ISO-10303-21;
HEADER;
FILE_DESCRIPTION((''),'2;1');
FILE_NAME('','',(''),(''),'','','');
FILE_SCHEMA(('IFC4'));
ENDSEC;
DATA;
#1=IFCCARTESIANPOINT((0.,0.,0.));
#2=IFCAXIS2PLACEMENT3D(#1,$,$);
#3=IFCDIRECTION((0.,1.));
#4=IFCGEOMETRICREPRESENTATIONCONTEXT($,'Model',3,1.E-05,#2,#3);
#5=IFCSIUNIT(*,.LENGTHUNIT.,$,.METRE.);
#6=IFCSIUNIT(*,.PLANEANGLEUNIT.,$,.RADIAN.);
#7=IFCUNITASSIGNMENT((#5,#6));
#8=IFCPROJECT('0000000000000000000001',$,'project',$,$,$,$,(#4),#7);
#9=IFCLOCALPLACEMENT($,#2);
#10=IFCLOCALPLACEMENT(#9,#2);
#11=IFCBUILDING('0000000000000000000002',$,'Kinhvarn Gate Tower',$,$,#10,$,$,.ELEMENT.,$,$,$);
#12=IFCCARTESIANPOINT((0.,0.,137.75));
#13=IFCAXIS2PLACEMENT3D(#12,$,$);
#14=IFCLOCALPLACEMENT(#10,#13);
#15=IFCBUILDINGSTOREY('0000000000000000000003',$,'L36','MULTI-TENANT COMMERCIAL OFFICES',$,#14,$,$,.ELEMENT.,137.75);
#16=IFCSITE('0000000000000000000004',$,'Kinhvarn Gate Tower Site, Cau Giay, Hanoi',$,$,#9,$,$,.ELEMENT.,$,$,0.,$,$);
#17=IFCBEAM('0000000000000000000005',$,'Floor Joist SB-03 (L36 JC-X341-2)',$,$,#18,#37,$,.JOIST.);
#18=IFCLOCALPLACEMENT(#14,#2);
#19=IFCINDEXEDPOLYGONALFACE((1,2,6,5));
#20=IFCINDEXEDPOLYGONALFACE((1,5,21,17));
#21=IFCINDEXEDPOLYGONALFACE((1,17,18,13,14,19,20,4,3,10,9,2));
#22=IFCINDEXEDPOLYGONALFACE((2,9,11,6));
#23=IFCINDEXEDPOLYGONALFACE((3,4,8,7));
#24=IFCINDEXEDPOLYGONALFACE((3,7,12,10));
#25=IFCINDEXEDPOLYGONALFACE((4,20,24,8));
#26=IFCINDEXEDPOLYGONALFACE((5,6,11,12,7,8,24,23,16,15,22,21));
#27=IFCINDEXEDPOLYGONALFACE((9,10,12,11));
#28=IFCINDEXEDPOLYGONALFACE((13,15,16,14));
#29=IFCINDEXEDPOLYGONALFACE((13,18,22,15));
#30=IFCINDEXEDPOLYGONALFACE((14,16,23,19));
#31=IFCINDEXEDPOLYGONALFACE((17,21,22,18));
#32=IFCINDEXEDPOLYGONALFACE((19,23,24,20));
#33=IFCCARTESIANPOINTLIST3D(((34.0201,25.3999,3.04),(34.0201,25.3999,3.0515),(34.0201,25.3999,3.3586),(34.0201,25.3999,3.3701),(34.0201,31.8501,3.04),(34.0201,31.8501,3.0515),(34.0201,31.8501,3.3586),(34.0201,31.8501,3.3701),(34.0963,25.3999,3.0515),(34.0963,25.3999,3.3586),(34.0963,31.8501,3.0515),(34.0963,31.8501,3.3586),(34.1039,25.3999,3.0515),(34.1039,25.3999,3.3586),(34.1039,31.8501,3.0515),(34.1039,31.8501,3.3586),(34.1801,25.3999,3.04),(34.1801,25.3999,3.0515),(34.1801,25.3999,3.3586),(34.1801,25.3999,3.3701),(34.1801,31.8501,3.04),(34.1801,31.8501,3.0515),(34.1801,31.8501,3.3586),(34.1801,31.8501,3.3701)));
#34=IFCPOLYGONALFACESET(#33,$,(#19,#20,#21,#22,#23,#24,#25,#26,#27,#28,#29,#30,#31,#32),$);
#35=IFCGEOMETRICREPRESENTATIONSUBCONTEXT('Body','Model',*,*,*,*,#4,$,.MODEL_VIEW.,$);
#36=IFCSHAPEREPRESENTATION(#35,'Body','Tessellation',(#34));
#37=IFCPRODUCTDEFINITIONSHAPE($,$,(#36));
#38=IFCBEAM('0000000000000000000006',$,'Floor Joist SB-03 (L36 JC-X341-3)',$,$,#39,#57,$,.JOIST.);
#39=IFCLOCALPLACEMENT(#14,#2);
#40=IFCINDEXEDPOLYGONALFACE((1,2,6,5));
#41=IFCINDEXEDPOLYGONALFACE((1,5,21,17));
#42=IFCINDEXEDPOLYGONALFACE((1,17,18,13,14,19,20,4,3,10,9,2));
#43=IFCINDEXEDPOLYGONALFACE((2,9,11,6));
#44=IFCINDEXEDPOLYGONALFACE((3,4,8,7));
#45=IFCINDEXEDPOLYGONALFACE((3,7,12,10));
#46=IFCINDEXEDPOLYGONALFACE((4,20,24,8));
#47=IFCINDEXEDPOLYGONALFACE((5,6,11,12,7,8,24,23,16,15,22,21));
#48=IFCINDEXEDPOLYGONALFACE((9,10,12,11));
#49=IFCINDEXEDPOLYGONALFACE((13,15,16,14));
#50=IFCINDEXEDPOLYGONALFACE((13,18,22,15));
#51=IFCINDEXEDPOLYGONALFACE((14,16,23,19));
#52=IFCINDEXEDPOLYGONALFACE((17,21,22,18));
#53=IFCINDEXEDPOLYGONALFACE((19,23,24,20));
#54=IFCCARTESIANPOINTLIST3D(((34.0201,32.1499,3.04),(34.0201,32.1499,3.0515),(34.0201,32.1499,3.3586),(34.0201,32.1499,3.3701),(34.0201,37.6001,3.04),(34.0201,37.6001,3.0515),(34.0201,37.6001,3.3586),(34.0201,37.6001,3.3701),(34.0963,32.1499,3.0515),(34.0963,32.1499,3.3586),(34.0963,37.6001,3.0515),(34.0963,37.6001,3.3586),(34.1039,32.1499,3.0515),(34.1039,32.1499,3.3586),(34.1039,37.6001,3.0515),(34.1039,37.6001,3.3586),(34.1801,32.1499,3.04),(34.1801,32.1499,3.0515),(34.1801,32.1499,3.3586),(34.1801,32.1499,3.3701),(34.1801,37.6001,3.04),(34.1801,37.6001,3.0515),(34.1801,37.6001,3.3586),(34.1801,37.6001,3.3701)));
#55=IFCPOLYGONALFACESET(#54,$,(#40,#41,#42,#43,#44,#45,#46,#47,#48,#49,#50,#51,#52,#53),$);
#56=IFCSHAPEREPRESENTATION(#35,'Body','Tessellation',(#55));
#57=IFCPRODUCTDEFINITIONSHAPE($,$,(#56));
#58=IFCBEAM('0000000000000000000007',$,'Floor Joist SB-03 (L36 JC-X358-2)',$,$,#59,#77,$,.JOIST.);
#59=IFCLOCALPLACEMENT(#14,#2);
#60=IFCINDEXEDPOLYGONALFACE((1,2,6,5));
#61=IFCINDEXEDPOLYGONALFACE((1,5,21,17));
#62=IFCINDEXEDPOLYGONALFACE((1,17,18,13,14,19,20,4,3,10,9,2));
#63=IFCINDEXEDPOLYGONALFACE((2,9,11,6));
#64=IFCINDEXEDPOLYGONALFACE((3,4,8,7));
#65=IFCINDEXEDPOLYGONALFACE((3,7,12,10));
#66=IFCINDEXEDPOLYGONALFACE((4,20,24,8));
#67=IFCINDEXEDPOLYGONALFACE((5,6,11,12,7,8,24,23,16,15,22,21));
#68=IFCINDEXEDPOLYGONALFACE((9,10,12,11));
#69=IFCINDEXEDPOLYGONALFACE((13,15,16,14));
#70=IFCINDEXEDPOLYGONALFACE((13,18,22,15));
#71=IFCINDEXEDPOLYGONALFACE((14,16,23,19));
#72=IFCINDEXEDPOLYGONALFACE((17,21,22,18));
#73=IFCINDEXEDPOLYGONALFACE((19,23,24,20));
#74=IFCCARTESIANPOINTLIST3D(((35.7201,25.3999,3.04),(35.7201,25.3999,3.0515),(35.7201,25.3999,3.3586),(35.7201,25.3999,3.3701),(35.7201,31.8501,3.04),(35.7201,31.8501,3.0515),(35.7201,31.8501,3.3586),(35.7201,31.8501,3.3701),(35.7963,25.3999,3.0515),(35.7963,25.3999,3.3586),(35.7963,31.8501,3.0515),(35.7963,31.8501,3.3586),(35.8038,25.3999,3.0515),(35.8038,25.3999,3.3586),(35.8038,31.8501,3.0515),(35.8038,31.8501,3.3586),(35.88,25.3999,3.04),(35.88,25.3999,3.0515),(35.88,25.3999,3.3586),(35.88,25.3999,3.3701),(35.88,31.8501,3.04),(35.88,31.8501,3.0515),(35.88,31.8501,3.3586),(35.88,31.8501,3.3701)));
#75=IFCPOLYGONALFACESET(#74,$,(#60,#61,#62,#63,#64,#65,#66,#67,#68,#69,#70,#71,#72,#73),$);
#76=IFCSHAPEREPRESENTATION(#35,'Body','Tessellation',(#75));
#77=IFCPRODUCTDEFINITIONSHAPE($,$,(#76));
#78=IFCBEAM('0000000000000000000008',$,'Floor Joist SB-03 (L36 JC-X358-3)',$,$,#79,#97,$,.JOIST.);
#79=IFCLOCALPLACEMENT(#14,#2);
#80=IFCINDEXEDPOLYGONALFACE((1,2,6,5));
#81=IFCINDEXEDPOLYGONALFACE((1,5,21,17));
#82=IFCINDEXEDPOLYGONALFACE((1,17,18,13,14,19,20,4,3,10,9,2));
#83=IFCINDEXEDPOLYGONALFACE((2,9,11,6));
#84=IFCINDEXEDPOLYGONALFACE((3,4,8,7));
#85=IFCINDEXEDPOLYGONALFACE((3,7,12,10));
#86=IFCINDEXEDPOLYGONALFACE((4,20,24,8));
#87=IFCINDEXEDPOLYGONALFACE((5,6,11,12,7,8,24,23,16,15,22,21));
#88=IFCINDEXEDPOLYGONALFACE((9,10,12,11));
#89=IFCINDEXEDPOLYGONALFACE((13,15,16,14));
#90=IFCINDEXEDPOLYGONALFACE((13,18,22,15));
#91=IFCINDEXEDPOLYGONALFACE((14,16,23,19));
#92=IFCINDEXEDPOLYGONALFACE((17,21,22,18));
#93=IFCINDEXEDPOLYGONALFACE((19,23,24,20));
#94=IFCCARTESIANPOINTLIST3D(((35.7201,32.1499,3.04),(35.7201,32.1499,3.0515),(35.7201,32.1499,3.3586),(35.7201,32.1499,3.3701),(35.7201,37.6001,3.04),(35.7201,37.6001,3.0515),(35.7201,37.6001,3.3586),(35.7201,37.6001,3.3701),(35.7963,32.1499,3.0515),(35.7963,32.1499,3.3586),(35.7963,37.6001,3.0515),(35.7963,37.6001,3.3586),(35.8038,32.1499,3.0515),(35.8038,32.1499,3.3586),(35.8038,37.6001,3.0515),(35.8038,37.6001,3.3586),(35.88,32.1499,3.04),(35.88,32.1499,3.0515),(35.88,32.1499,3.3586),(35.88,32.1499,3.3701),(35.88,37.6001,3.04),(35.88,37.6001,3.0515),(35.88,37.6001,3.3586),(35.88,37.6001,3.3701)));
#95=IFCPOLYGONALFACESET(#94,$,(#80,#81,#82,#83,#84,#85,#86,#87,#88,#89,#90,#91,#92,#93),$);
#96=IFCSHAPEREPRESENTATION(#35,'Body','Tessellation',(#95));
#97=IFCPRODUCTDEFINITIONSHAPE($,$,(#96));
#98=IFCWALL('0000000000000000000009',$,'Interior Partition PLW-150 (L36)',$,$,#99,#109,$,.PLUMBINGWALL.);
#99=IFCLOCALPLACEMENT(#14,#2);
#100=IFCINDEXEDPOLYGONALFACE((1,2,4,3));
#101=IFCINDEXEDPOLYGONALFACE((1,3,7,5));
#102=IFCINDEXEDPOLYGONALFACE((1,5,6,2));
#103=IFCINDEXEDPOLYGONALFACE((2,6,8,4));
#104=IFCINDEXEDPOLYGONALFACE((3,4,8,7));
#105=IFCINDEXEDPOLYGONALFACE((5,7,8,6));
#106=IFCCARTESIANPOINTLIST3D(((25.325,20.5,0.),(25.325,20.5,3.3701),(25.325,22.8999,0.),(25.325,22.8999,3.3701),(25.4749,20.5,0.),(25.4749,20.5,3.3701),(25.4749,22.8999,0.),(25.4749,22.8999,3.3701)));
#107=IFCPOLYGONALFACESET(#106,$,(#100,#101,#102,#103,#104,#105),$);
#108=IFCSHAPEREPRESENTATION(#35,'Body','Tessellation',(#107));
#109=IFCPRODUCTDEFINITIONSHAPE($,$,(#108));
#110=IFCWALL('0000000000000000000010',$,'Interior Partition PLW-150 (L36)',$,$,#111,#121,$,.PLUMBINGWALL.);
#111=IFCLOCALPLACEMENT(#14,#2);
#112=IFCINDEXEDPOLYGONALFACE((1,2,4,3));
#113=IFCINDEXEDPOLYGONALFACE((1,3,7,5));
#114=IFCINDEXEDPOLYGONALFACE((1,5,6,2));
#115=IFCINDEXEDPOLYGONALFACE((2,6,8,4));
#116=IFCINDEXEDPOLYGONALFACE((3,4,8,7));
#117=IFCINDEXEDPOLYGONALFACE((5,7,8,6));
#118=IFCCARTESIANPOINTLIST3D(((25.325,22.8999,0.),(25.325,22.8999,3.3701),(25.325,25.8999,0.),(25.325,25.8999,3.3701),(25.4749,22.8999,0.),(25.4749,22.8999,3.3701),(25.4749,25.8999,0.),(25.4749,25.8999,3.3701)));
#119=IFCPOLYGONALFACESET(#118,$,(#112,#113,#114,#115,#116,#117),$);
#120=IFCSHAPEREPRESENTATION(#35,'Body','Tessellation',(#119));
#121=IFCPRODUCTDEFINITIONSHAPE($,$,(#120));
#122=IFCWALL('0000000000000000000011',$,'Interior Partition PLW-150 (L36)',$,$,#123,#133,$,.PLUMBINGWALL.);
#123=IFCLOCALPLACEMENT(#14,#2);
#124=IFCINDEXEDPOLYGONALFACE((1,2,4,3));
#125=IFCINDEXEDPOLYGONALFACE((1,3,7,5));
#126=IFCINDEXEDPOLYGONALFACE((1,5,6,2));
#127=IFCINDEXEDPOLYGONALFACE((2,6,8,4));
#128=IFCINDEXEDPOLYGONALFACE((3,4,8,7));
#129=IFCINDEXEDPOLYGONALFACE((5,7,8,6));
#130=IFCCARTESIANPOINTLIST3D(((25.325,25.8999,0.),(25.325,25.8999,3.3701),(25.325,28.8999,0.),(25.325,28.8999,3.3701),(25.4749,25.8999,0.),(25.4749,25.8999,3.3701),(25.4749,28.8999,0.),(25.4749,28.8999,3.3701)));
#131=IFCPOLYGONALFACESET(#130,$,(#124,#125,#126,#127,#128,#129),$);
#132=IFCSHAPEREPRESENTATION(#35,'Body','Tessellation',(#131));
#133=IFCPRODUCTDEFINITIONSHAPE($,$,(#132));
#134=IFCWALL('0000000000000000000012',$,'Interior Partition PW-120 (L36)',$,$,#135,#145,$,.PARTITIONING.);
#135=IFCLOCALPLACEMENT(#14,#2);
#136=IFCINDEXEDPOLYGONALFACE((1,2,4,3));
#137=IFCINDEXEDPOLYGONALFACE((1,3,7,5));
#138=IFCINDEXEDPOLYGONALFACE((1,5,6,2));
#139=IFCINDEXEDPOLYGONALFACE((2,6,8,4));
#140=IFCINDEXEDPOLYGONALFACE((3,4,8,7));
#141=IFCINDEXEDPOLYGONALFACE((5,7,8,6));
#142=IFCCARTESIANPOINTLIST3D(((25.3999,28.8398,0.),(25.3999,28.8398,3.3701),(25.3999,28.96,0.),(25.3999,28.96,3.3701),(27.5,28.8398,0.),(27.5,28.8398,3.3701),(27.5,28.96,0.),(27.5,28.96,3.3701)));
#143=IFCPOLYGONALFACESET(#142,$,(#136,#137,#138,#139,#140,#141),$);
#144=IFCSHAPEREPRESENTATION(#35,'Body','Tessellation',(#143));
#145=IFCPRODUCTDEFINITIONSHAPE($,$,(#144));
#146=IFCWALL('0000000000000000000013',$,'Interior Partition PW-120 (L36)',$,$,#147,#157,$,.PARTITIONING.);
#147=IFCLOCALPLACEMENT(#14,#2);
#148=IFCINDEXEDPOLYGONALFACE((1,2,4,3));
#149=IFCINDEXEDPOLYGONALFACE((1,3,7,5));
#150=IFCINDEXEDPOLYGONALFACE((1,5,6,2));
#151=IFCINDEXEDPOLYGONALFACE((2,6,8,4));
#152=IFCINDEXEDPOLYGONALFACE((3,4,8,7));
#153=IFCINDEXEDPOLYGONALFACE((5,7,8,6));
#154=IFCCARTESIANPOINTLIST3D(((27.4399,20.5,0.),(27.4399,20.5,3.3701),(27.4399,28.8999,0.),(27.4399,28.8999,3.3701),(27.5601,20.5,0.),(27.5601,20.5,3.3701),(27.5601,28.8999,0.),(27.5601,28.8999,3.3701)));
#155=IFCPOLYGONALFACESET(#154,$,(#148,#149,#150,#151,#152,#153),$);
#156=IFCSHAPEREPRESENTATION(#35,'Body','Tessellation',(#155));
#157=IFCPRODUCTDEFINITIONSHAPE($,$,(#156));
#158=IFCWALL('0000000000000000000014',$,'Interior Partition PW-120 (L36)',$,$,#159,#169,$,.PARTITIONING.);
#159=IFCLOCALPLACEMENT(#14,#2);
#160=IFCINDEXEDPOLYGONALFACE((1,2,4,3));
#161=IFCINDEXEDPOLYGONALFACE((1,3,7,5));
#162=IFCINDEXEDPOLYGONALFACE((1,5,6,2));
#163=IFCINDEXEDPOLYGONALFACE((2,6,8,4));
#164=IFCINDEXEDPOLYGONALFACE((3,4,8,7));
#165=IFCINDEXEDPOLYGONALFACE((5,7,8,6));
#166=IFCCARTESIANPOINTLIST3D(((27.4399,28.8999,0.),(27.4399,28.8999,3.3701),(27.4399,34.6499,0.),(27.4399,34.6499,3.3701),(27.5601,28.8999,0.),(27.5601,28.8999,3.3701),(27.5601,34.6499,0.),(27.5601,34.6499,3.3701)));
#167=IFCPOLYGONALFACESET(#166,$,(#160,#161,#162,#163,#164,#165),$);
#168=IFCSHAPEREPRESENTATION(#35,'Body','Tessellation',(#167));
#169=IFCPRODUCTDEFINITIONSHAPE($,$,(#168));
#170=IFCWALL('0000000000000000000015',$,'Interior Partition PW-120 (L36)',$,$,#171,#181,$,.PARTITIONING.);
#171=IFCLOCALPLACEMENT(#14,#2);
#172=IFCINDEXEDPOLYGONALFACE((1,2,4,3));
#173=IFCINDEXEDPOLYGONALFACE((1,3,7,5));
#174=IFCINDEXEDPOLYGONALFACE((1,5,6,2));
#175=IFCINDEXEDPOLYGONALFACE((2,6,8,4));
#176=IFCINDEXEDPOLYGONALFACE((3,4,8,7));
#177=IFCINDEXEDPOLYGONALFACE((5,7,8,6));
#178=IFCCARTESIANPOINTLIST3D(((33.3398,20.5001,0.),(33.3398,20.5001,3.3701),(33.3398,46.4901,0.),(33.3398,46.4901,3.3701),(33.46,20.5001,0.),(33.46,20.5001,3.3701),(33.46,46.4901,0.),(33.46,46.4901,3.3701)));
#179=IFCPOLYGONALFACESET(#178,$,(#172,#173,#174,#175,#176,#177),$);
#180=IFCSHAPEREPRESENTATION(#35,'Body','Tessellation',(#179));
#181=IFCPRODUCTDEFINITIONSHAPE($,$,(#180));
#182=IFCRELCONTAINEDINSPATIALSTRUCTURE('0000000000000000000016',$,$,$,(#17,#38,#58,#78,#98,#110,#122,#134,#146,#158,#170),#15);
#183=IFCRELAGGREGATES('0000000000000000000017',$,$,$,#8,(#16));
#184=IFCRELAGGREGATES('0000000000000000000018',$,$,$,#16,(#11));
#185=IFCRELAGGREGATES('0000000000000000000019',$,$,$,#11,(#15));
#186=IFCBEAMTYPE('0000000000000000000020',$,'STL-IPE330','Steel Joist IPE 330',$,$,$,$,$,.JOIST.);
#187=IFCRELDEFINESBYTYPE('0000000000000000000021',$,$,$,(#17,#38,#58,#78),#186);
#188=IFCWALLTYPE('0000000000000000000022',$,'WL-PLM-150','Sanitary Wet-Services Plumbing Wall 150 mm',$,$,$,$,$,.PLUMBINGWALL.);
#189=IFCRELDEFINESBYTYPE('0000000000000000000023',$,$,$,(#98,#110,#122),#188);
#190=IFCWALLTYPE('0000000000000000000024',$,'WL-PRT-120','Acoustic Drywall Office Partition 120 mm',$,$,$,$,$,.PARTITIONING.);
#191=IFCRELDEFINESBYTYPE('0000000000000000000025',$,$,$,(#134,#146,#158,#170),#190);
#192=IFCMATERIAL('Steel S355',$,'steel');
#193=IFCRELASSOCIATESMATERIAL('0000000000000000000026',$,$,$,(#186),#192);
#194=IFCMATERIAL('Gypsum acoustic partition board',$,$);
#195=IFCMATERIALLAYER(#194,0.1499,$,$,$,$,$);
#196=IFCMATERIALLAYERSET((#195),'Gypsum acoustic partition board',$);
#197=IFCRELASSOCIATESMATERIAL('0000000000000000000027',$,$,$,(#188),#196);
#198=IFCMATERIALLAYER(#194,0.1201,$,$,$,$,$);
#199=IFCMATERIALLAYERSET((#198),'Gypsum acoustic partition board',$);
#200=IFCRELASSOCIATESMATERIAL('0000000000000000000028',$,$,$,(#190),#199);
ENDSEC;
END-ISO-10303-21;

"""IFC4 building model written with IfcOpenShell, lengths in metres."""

from ifc_helpers import new_model, si_unit, direction, frame, frame_2d, origin, origin_2d, place, context, subcontext, project, spatial, rectangle, i_section, extrude, material, layer, layer_set, material_profile, profile_set, type_object, element, save


model = new_model("IFC4")

# Units and contexts
model_context = context("Model", 3, precision=1e-05, world=origin(), true_north=direction((0.0, 1.0)))
body_context = subcontext(model_context, "Body", "Model", "MODEL_VIEW")
ifc_project = project(units=[si_unit("LENGTHUNIT", "METRE"), si_unit("PLANEANGLEUNIT", "RADIAN")], contexts=[model_context])

# Site, building, storey
site_placement = place(None, origin())
site = spatial("IfcSite", under=ifc_project, at=site_placement, Name="Kinhvarn Gate Tower Site, Cau Giay, Hanoi", CompositionType="ELEMENT", RefElevation=0.0)
building_placement = place(site_placement, origin())
building = spatial("IfcBuilding", under=site, at=building_placement, Name="Kinhvarn Gate Tower", CompositionType="ELEMENT")
storey_placement = place(building_placement, frame((0.0, 0.0, 137.75)))
storey = spatial("IfcBuildingStorey", under=building, at=storey_placement, Name="L36", Description="MULTI-TENANT COMMERCIAL OFFICES", CompositionType="ELEMENT", Elevation=137.75)

# Beams
ifc_material_1 = material(Name="Steel S355", Category="steel")
ifc_material_profile = material_profile(ifc_material_1, i_section(OverallWidth=0.1599, OverallDepth=0.3301, WebThickness=0.0076, FlangeThickness=0.0115, at=origin_2d()), Name="IPE 330")
ifc_profile_set = profile_set([ifc_material_profile], Name="Steel S355")
beam_type = type_object("IfcBeamType", Name="STL-IPE330", Description="Steel Joist IPE 330", PredefinedType="JOIST", material=ifc_profile_set)
beam_1_placement = place(storey_placement, frame((34.1001, 25.3999, 3.2051), z_axis=(0.0, 1.0, 0.0), x_axis=(-1.0, 0.0, 0.0)))
element("IfcBeam", 1, at=beam_1_placement, inside=storey, type_object=beam_type, Name="Floor Joist SB-03 (L36 JC-X341-2)", PredefinedType="JOIST", context=body_context, shape_type="SweptSolid", body=[
    extrude(i_section(OverallWidth=0.1599, OverallDepth=0.3301, WebThickness=0.0076, FlangeThickness=0.0115, at=origin_2d()), origin(), (0.0, 0.0, 1.0), 6.4502),
])
beam_2_placement = place(storey_placement, frame((34.1001, 32.1499, 3.2051), z_axis=(0.0, 1.0, 0.0), x_axis=(-1.0, 0.0, 0.0)))
element("IfcBeam", 2, at=beam_2_placement, inside=storey, type_object=beam_type, Name="Floor Joist SB-03 (L36 JC-X341-3)", PredefinedType="JOIST", context=body_context, shape_type="SweptSolid", body=[
    extrude(i_section(OverallWidth=0.1599, OverallDepth=0.3301, WebThickness=0.0076, FlangeThickness=0.0115, at=origin_2d()), origin(), (0.0, 0.0, 1.0), 5.4502),
])
beam_3_placement = place(storey_placement, frame((35.8, 25.3999, 3.2051), z_axis=(0.0, 1.0, 0.0), x_axis=(-1.0, 0.0, 0.0)))
element("IfcBeam", 3, at=beam_3_placement, inside=storey, type_object=beam_type, Name="Floor Joist SB-03 (L36 JC-X358-2)", PredefinedType="JOIST", context=body_context, shape_type="SweptSolid", body=[
    extrude(i_section(OverallWidth=0.1599, OverallDepth=0.3301, WebThickness=0.0076, FlangeThickness=0.0115, at=origin_2d()), origin(), (0.0, 0.0, 1.0), 6.4502),
])
beam_4_placement = place(storey_placement, frame((35.8, 32.1499, 3.2051), z_axis=(0.0, 1.0, 0.0), x_axis=(-1.0, 0.0, 0.0)))
element("IfcBeam", 4, at=beam_4_placement, inside=storey, type_object=beam_type, Name="Floor Joist SB-03 (L36 JC-X358-3)", PredefinedType="JOIST", context=body_context, shape_type="SweptSolid", body=[
    extrude(i_section(OverallWidth=0.1599, OverallDepth=0.3301, WebThickness=0.0076, FlangeThickness=0.0115, at=origin_2d()), origin(), (0.0, 0.0, 1.0), 5.4502),
])

# Walls
ifc_material_2 = material(Name="Gypsum acoustic partition board")
ifc_layer_1 = layer(ifc_material_2, 0.1499)
ifc_layer_set_1 = layer_set([ifc_layer_1], Name="Gypsum acoustic partition board")
wall_type_1 = type_object("IfcWallType", Name="WL-PLM-150", Description="Sanitary Wet-Services Plumbing Wall 150 mm", PredefinedType="PLUMBINGWALL", material=ifc_layer_set_1)
wall_1_placement = place(storey_placement, frame((25.3999, 20.5, 0.0), z_axis=(0.0, 0.0, 1.0), x_axis=(0.0, 1.0, 0.0)))
element("IfcWall", 5, at=wall_1_placement, inside=storey, type_object=wall_type_1, Name="Interior Partition PLW-150 (L36)", PredefinedType="PLUMBINGWALL", context=body_context, shape_type="SweptSolid", body=[
    extrude(rectangle(XDim=2.3999, YDim=0.1499, at=frame_2d((1.2, 0.0))), origin(), (0.0, 0.0, 1.0), 3.3701),
])
for number, where, z_axis, x_axis, name in (
    (6, (25.3999, 22.8999, 0.0), (0.0, 0.0, 1.0), (0.0, 1.0, 0.0), "Interior Partition PLW-150 (L36)"),
    (7, (25.3999, 25.8999, 0.0), (0.0, 0.0, 1.0), (0.0, 1.0, 0.0), "Interior Partition PLW-150 (L36)"),
):
    element("IfcWall", number, at=place(storey_placement, frame(where, z_axis=z_axis, x_axis=x_axis)), inside=storey, type_object=wall_type_1, Name=name, PredefinedType="PLUMBINGWALL", context=body_context, shape_type="SweptSolid", body=[
        extrude(rectangle(XDim=3.0, YDim=0.1499, at=frame_2d((1.5, 0.0))), origin(), (0.0, 0.0, 1.0), 3.3701),
    ])
ifc_layer_2 = layer(ifc_material_2, 0.1201)
ifc_layer_set_2 = layer_set([ifc_layer_2], Name="Gypsum acoustic partition board")
wall_type_2 = type_object("IfcWallType", Name="WL-PRT-120", Description="Acoustic Drywall Office Partition 120 mm", PredefinedType="PARTITIONING", material=ifc_layer_set_2)
wall_2_placement = place(storey_placement, frame((25.3999, 28.8999, 0.0), z_axis=(0.0, 0.0, 1.0), x_axis=(1.0, 0.0, 0.0)))
element("IfcWall", 8, at=wall_2_placement, inside=storey, type_object=wall_type_2, Name="Interior Partition PW-120 (L36)", PredefinedType="PARTITIONING", context=body_context, shape_type="SweptSolid", body=[
    extrude(rectangle(XDim=2.1001, YDim=0.1201, at=frame_2d((1.05, 0.0))), origin(), (0.0, 0.0, 1.0), 3.3701),
])
wall_3_placement = place(storey_placement, frame((27.5, 20.5, 0.0), z_axis=(0.0, 0.0, 1.0), x_axis=(0.0, 1.0, 0.0)))
element("IfcWall", 9, at=wall_3_placement, inside=storey, type_object=wall_type_2, Name="Interior Partition PW-120 (L36)", PredefinedType="PARTITIONING", context=body_context, shape_type="SweptSolid", body=[
    extrude(rectangle(XDim=8.3999, YDim=0.1201, at=frame_2d((4.2, 0.0))), origin(), (0.0, 0.0, 1.0), 3.3701),
])
wall_4_placement = place(storey_placement, frame((27.5, 28.8999, 0.0), z_axis=(0.0, 0.0, 1.0), x_axis=(0.0, 1.0, 0.0)))
element("IfcWall", 10, at=wall_4_placement, inside=storey, type_object=wall_type_2, Name="Interior Partition PW-120 (L36)", PredefinedType="PARTITIONING", context=body_context, shape_type="SweptSolid", body=[
    extrude(rectangle(XDim=5.75, YDim=0.1201, at=frame_2d((2.875, 0.0))), origin(), (0.0, 0.0, 1.0), 3.3701),
])
wall_5_placement = place(storey_placement, frame((33.3999, 20.5, 0.0), z_axis=(0.0, 0.0, 1.0), x_axis=(0.0, 1.0, 0.0)))
element("IfcWall", 11, at=wall_5_placement, inside=storey, type_object=wall_type_2, Name="Interior Partition PW-120 (L36)", PredefinedType="PARTITIONING", context=body_context, shape_type="SweptSolid", body=[
    extrude(rectangle(XDim=25.99, YDim=0.1201, at=frame_2d((12.9951, 0.0))), origin(), (0.0, 0.0, 1.0), 3.3701),
])

save(model, "model.ifc")
